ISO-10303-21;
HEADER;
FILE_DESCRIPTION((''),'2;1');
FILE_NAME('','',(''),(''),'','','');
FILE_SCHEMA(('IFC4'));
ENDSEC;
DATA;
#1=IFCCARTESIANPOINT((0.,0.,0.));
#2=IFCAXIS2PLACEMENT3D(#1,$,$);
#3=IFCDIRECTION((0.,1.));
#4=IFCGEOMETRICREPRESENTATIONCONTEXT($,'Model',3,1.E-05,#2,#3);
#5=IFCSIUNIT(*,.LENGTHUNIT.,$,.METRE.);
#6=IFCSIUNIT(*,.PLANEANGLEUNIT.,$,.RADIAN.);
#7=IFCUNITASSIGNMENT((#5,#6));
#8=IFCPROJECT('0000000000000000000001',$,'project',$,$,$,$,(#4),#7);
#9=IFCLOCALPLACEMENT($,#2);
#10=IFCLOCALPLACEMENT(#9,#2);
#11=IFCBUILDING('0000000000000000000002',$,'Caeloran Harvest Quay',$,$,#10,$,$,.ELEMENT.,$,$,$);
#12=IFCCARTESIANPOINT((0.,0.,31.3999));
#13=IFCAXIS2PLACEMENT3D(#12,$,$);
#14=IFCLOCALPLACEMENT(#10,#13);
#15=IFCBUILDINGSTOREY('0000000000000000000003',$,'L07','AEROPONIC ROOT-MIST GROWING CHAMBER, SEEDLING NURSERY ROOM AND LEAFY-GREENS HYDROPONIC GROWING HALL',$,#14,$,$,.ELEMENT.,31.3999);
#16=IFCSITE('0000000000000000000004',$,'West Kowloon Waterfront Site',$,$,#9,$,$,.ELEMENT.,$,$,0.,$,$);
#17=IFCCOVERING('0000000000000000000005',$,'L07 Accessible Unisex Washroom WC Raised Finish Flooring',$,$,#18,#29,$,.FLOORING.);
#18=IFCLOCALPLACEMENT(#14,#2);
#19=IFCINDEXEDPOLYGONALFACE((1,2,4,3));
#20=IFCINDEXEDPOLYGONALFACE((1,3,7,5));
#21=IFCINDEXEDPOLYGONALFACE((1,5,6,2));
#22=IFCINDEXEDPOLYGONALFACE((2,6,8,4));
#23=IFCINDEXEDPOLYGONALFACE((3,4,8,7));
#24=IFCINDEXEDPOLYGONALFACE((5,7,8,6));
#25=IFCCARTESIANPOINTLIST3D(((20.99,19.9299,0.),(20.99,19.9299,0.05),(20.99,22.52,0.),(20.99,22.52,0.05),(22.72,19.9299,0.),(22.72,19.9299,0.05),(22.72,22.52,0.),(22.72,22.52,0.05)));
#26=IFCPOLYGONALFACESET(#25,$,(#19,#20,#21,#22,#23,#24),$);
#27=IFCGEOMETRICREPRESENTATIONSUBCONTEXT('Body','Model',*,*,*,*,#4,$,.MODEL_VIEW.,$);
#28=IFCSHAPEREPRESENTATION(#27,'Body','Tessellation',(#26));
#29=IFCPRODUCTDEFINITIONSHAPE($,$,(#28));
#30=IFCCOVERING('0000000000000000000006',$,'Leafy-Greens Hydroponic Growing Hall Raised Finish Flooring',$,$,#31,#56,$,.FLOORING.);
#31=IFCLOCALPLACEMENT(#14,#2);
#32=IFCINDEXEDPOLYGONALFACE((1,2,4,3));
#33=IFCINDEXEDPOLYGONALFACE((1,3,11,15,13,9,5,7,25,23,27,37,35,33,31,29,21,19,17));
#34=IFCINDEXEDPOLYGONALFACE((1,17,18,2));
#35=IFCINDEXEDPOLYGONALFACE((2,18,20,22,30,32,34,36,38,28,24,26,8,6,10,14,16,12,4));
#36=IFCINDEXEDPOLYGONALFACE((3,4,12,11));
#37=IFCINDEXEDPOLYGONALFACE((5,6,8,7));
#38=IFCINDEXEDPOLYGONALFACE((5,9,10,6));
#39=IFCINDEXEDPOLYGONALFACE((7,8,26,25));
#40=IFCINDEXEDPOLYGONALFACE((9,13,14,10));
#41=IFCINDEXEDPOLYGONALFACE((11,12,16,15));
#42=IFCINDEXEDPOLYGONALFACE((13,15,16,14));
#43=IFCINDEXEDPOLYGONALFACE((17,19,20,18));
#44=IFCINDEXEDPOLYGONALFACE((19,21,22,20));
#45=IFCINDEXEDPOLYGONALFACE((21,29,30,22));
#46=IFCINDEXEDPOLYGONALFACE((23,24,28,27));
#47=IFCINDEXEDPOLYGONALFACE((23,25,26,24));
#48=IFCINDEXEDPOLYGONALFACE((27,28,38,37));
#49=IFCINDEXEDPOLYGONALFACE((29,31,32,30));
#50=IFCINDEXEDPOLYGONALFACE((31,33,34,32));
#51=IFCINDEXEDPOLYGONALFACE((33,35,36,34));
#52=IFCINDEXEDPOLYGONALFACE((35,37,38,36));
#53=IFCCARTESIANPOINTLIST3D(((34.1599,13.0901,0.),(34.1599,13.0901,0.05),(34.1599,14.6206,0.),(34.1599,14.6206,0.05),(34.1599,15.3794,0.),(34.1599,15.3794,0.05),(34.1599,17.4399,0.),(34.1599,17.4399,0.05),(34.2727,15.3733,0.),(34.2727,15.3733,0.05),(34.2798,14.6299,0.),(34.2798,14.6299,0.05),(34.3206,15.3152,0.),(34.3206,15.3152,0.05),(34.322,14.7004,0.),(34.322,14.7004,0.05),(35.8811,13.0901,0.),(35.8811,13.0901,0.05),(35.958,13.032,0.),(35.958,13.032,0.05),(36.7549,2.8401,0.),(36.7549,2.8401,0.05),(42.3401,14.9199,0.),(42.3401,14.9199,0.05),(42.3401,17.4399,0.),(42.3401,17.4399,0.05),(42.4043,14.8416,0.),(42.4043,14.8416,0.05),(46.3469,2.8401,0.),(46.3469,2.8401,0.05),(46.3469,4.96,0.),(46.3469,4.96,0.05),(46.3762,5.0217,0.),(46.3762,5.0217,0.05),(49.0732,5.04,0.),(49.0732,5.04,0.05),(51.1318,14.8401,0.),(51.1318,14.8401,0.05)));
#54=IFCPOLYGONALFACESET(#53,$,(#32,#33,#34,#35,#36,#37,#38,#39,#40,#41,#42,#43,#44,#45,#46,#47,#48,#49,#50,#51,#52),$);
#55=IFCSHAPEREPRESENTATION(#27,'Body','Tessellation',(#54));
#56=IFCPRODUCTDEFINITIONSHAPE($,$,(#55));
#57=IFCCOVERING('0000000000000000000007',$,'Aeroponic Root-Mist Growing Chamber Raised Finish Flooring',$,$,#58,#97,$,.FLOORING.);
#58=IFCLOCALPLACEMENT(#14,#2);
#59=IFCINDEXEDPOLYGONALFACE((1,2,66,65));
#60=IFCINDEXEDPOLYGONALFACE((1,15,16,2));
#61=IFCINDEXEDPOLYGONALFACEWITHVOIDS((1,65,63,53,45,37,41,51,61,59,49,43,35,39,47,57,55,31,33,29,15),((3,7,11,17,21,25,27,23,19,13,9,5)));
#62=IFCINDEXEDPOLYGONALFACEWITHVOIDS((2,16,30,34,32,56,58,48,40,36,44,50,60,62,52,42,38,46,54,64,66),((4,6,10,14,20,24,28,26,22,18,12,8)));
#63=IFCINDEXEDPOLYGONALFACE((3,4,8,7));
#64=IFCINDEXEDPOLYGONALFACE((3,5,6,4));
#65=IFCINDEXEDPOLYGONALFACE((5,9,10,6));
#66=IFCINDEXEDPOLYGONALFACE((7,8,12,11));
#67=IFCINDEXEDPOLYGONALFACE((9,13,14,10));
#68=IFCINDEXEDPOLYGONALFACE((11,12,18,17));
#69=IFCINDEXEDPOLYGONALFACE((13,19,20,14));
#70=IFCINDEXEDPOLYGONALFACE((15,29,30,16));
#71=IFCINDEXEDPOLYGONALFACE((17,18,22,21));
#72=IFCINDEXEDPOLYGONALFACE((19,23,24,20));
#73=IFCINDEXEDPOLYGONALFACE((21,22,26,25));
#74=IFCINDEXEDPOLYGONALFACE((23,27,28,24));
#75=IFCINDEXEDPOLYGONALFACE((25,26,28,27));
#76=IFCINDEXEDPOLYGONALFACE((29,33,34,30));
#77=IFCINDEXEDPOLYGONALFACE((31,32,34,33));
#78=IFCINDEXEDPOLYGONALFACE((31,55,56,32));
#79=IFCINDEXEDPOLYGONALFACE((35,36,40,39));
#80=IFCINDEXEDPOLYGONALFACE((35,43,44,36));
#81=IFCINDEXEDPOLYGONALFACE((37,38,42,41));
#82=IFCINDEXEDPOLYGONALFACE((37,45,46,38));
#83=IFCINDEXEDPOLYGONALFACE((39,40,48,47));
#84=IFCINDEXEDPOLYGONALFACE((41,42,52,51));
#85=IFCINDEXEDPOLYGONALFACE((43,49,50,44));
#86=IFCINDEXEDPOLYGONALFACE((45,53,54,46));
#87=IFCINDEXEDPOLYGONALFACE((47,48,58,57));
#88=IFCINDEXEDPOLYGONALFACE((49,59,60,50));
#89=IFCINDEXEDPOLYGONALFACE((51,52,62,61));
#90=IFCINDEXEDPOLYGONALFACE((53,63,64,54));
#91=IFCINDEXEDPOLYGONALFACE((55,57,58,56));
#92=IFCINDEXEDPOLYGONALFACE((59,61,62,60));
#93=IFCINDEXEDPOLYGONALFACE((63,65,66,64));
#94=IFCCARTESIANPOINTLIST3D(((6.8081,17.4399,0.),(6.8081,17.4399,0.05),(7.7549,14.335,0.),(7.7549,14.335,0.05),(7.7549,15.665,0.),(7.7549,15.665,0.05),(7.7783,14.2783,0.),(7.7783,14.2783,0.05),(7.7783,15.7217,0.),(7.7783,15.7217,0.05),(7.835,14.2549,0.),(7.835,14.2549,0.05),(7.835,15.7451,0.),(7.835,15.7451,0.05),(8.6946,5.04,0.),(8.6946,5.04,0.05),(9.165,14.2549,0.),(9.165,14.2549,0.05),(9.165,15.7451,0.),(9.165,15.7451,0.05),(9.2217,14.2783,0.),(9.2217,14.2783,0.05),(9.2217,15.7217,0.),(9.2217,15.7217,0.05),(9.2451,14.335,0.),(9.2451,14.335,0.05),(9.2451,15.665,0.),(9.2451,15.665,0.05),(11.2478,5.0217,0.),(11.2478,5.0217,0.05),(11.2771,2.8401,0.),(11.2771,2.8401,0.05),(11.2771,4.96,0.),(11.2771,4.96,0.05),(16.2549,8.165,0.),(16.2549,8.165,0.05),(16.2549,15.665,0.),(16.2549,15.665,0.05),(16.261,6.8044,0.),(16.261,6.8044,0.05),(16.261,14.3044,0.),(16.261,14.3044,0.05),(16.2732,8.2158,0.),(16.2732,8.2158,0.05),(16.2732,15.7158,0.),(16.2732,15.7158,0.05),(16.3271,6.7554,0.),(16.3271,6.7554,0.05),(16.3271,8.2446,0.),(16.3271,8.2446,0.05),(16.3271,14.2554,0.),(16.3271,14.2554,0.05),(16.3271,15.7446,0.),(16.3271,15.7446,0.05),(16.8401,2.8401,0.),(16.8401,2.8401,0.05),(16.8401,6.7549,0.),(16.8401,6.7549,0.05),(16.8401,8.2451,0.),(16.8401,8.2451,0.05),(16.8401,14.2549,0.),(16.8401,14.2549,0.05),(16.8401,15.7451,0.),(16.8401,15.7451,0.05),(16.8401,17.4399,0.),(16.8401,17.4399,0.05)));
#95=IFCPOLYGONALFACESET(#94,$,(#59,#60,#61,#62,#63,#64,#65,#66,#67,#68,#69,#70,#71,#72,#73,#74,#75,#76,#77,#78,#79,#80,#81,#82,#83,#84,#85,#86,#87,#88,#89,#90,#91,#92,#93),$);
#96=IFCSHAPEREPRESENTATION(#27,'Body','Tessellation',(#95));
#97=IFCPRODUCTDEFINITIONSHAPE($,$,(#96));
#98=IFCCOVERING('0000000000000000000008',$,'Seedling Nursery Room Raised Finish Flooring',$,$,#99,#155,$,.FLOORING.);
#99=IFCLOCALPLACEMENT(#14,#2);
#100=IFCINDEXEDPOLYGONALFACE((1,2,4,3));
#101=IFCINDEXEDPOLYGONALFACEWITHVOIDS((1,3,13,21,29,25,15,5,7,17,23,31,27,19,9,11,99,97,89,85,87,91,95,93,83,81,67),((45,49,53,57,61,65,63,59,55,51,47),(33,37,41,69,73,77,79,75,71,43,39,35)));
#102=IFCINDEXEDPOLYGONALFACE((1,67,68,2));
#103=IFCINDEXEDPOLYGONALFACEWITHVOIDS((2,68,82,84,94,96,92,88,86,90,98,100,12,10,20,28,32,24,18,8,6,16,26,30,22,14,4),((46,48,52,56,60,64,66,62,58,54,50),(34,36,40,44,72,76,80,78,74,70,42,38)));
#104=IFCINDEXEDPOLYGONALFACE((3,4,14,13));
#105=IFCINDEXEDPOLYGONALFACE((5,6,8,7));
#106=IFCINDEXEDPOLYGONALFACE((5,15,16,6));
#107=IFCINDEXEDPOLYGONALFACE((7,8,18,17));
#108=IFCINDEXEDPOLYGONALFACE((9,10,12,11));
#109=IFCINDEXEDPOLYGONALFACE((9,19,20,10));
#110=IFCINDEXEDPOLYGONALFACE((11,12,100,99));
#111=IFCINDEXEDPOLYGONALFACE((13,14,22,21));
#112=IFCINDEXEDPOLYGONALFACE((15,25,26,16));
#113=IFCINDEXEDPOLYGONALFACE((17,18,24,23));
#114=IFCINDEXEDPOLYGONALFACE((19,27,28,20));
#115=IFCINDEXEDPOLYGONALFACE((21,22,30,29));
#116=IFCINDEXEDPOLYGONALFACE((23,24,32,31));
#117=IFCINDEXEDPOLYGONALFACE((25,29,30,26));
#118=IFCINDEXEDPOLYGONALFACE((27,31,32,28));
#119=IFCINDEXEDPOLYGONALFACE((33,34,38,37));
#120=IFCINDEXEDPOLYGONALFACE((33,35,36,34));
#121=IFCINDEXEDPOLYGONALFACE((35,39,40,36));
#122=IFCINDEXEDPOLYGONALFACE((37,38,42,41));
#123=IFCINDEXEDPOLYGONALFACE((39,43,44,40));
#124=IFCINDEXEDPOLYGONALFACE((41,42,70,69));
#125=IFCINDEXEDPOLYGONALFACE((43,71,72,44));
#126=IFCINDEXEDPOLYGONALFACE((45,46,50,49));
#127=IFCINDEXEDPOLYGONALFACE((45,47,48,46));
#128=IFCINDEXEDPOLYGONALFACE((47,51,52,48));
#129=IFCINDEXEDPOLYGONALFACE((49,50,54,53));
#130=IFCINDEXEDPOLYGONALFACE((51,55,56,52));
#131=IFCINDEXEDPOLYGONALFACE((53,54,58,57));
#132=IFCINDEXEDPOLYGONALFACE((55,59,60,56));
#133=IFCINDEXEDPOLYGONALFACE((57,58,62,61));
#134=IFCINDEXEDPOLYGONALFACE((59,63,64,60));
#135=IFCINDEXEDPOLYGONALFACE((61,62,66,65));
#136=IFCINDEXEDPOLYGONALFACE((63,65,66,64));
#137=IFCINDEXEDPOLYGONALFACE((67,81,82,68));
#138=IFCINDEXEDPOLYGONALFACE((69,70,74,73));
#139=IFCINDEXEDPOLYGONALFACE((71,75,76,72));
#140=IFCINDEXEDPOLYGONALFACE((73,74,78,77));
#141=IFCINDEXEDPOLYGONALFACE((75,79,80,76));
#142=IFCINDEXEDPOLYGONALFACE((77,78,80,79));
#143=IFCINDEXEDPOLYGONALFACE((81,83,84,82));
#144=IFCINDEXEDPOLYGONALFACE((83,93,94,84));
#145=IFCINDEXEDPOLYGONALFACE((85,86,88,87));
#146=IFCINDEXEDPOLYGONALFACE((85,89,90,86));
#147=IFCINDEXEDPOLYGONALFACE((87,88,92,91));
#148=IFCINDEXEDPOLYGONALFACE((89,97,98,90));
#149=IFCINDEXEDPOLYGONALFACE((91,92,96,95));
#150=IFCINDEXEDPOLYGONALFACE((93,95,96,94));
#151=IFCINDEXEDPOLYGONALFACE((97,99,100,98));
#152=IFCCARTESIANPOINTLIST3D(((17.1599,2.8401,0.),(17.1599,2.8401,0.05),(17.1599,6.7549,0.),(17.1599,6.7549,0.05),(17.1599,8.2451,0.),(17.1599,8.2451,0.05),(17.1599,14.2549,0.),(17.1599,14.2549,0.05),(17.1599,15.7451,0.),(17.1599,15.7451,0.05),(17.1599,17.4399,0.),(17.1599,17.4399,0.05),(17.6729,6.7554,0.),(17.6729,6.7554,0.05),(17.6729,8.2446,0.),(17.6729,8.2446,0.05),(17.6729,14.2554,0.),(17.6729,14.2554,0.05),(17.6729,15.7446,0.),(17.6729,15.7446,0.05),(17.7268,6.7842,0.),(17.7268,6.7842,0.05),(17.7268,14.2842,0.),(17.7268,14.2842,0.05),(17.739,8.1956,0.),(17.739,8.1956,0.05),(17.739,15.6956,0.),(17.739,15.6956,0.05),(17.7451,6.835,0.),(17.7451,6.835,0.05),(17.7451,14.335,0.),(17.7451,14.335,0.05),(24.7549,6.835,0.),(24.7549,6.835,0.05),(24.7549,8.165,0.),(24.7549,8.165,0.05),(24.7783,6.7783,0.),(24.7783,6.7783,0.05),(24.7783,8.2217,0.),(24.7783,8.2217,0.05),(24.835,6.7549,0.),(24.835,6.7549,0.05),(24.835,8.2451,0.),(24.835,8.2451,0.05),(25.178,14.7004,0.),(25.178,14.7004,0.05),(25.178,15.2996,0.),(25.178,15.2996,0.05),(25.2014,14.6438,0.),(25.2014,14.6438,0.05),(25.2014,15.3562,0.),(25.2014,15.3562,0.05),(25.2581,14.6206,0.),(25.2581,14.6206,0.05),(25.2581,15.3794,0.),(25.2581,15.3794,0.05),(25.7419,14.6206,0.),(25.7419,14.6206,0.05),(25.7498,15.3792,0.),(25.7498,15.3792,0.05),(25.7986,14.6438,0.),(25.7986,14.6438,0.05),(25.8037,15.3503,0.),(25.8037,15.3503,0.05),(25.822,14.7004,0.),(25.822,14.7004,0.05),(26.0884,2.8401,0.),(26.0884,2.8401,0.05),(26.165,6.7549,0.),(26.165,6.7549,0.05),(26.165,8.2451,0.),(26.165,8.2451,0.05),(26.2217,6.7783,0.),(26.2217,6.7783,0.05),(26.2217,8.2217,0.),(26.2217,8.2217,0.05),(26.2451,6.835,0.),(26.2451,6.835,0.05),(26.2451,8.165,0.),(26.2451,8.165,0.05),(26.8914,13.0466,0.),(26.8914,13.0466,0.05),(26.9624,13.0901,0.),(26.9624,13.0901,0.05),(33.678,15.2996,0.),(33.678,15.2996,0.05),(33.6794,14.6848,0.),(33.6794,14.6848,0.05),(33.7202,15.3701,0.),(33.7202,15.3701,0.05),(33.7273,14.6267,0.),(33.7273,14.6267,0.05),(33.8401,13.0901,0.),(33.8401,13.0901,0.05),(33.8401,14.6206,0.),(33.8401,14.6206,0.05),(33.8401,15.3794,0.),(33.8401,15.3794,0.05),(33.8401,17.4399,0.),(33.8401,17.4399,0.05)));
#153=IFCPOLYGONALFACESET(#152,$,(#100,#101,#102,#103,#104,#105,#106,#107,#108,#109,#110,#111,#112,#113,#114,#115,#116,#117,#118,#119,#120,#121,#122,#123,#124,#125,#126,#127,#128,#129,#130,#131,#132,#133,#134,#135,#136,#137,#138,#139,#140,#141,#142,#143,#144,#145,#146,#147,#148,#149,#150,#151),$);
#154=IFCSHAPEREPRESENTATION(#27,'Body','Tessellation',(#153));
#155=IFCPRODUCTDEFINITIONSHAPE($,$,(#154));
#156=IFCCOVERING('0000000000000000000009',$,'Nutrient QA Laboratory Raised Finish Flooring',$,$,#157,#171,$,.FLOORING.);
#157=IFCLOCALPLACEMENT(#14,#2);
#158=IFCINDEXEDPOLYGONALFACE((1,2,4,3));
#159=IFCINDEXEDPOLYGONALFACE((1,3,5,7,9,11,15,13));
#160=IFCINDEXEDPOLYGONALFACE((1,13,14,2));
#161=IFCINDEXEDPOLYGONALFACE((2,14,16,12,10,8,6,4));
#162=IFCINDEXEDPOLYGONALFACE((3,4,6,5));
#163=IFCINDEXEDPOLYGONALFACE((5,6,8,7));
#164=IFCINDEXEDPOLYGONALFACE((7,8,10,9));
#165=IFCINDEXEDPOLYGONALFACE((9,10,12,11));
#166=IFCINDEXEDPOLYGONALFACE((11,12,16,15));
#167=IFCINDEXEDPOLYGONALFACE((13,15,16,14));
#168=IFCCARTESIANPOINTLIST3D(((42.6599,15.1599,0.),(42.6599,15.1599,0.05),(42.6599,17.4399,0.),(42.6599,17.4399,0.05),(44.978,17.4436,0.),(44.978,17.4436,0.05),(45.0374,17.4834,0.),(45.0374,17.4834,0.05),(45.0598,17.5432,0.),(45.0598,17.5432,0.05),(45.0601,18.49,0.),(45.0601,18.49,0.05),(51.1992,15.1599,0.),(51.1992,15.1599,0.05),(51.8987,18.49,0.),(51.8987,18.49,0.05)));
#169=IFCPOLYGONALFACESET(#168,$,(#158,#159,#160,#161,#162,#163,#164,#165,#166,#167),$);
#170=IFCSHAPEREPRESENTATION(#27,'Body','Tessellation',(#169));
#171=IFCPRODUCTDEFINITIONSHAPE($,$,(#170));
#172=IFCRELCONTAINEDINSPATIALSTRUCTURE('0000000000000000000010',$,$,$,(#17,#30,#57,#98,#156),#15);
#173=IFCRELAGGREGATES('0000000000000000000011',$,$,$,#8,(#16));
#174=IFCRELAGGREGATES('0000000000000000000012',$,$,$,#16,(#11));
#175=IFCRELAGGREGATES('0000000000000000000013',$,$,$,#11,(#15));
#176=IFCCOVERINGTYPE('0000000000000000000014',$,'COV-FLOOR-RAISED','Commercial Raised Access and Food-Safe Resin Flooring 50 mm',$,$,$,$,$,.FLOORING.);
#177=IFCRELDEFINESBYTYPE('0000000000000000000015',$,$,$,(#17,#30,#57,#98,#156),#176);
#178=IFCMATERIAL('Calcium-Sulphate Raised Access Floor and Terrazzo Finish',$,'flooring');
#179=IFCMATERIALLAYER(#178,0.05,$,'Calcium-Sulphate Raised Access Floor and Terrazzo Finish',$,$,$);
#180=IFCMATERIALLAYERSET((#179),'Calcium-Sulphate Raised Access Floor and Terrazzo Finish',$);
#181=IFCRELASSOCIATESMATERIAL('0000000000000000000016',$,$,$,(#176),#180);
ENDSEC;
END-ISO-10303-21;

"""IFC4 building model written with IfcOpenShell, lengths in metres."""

from ifc_helpers import new_model, si_unit, direction, frame, origin, place, context, subcontext, project, spatial, polyline, outline, extrude, material, layer, layer_set, type_object, element, save


model = new_model("IFC4")

# Units and contexts
model_context = context("Model", 3, precision=1e-05, world=origin(), true_north=direction((0.0, 1.0)))
body_context = subcontext(model_context, "Body", "Model", "MODEL_VIEW")
ifc_project = project(units=[si_unit("LENGTHUNIT", "METRE"), si_unit("PLANEANGLEUNIT", "RADIAN")], contexts=[model_context])

# Site, building, storey
site_placement = place(None, origin())
site = spatial("IfcSite", under=ifc_project, at=site_placement, Name="West Kowloon Waterfront Site", CompositionType="ELEMENT", RefElevation=0.0)
building_placement = place(site_placement, origin())
building = spatial("IfcBuilding", under=site, at=building_placement, Name="Caeloran Harvest Quay", CompositionType="ELEMENT")
storey_placement = place(building_placement, frame((0.0, 0.0, 31.3999)))
storey = spatial("IfcBuildingStorey", under=building, at=storey_placement, Name="L07", Description="AEROPONIC ROOT-MIST GROWING CHAMBER, SEEDLING NURSERY ROOM AND LEAFY-GREENS HYDROPONIC GROWING HALL", CompositionType="ELEMENT", Elevation=31.3999)

# Coverings
ifc_material_1 = material(Name="Calcium-Sulphate Raised Access Floor and Terrazzo Finish", Category="flooring")
ifc_layer_1 = layer(ifc_material_1, 0.05, Name="Calcium-Sulphate Raised Access Floor and Terrazzo Finish")
ifc_layer_set_1 = layer_set([ifc_layer_1], Name="Calcium-Sulphate Raised Access Floor and Terrazzo Finish")
covering_type_1 = type_object("IfcCoveringType", Name="COV-FLOOR-RAISED", Description="Commercial Raised Access and Food-Safe Resin Flooring 50 mm", PredefinedType="FLOORING", material=ifc_layer_set_1)
covering_1_placement = place(storey_placement, origin())
element("IfcCovering", 1, at=covering_1_placement, inside=storey, type_object=covering_type_1, Name="L07 Accessible Unisex Washroom WC Raised Finish Flooring", PredefinedType="FLOORING", context=body_context, shape_type="SweptSolid", body=[
    extrude(outline(polyline([(22.72, 19.9299), (20.99, 19.9299), (20.99, 22.52), (22.72, 22.52), (22.72, 19.9299)])), origin(), (0.0, 0.0, 1.0), 0.05),
])
covering_2_placement = place(storey_placement, origin())
element("IfcCovering", 2, at=covering_2_placement, inside=storey, type_object=covering_type_1, Name="Leafy-Greens Hydroponic Growing Hall Raised Finish Flooring", PredefinedType="FLOORING", context=body_context, shape_type="SweptSolid", body=[
    extrude(outline(polyline([(34.1599, 13.0901), (34.1599, 14.6206), (34.2798, 14.6299), (34.322, 14.7004), (34.3206, 15.3152), (34.2727, 15.3733), (34.1599, 15.3794), (34.1599, 17.4399), (42.3401, 17.4399), (42.3401, 14.9199), (42.4043, 14.8416), (51.1318, 14.8401), (49.0732, 5.04), (46.3762, 5.0217), (46.3469, 4.96), (46.3469, 2.8401), (36.7549, 2.8401), (35.958, 13.032), (35.8811, 13.0901), (34.1599, 13.0901)])), origin(), (0.0, 0.0, 1.0), 0.05),
])
covering_3_placement = place(storey_placement, origin())
element("IfcCovering", 3, at=covering_3_placement, inside=storey, type_object=covering_type_1, Name="Aeroponic Root-Mist Growing Chamber Raised Finish Flooring", PredefinedType="FLOORING", context=body_context, shape_type="SweptSolid", body=[
    extrude(outline(polyline([(16.8401, 17.4399), (16.8401, 15.7451), (16.3271, 15.7446), (16.2732, 15.7158), (16.2549, 15.665), (16.261, 14.3044), (16.3271, 14.2554), (16.8401, 14.2549), (16.8401, 8.2451), (16.3271, 8.2446), (16.2732, 8.2158), (16.2549, 8.165), (16.261, 6.8044), (16.3271, 6.7554), (16.8401, 6.7549), (16.8401, 2.8401), (11.2771, 2.8401), (11.2771, 4.96), (11.2478, 5.0217), (8.6946, 5.04), (6.8081, 17.4399), (16.8401, 17.4399)]), holes=[polyline([(9.2451, 15.665), (9.2217, 15.7217), (9.165, 15.7451), (7.835, 15.7451), (7.7783, 15.7217), (7.7549, 15.665), (7.7549, 14.335), (7.7783, 14.2783), (7.835, 14.2549), (9.165, 14.2549), (9.2217, 14.2783), (9.2451, 14.335), (9.2451, 15.665)])]), origin(), (0.0, 0.0, 1.0), 0.05),
])
covering_4_placement = place(storey_placement, origin())
element("IfcCovering", 4, at=covering_4_placement, inside=storey, type_object=covering_type_1, Name="Seedling Nursery Room Raised Finish Flooring", PredefinedType="FLOORING", context=body_context, shape_type="SweptSolid", body=[
    extrude(outline(polyline([(33.8401, 17.4399), (33.8401, 15.3794), (33.7202, 15.3701), (33.678, 15.2996), (33.6794, 14.6848), (33.7273, 14.6267), (33.8401, 14.6206), (33.8401, 13.0901), (26.9624, 13.0901), (26.8914, 13.0466), (26.0884, 2.8401), (17.1599, 2.8401), (17.1599, 6.7549), (17.6729, 6.7554), (17.7268, 6.7842), (17.7451, 6.835), (17.739, 8.1956), (17.6729, 8.2446), (17.1599, 8.2451), (17.1599, 14.2549), (17.6729, 14.2554), (17.7268, 14.2842), (17.7451, 14.335), (17.739, 15.6956), (17.6729, 15.7446), (17.1599, 15.7451), (17.1599, 17.4399), (33.8401, 17.4399)]), holes=[polyline([(26.2451, 8.165), (26.2217, 8.2217), (26.165, 8.2451), (24.835, 8.2451), (24.7783, 8.2217), (24.7549, 8.165), (24.7549, 6.835), (24.7783, 6.7783), (24.835, 6.7549), (26.165, 6.7549), (26.2217, 6.7783), (26.2451, 6.835), (26.2451, 8.165)]), polyline([(25.822, 14.7004), (25.8037, 15.3503), (25.7498, 15.3792), (25.2581, 15.3794), (25.2014, 15.3562), (25.178, 15.2996), (25.178, 14.7004), (25.2014, 14.6438), (25.2581, 14.6206), (25.7419, 14.6206), (25.7986, 14.6438), (25.822, 14.7004)])]), origin(), (0.0, 0.0, 1.0), 0.05),
])
covering_5_placement = place(storey_placement, origin())
element("IfcCovering", 5, at=covering_5_placement, inside=storey, type_object=covering_type_1, Name="Nutrient QA Laboratory Raised Finish Flooring", PredefinedType="FLOORING", context=body_context, shape_type="SweptSolid", body=[
    extrude(outline(polyline([(44.978, 17.4436), (45.0374, 17.4834), (45.0598, 17.5432), (45.0601, 18.49), (51.8987, 18.49), (51.1992, 15.1599), (42.6599, 15.1599), (42.6599, 17.4399), (44.978, 17.4436)])), origin(), (0.0, 0.0, 1.0), 0.05),
])

save(model, "model.ifc")
